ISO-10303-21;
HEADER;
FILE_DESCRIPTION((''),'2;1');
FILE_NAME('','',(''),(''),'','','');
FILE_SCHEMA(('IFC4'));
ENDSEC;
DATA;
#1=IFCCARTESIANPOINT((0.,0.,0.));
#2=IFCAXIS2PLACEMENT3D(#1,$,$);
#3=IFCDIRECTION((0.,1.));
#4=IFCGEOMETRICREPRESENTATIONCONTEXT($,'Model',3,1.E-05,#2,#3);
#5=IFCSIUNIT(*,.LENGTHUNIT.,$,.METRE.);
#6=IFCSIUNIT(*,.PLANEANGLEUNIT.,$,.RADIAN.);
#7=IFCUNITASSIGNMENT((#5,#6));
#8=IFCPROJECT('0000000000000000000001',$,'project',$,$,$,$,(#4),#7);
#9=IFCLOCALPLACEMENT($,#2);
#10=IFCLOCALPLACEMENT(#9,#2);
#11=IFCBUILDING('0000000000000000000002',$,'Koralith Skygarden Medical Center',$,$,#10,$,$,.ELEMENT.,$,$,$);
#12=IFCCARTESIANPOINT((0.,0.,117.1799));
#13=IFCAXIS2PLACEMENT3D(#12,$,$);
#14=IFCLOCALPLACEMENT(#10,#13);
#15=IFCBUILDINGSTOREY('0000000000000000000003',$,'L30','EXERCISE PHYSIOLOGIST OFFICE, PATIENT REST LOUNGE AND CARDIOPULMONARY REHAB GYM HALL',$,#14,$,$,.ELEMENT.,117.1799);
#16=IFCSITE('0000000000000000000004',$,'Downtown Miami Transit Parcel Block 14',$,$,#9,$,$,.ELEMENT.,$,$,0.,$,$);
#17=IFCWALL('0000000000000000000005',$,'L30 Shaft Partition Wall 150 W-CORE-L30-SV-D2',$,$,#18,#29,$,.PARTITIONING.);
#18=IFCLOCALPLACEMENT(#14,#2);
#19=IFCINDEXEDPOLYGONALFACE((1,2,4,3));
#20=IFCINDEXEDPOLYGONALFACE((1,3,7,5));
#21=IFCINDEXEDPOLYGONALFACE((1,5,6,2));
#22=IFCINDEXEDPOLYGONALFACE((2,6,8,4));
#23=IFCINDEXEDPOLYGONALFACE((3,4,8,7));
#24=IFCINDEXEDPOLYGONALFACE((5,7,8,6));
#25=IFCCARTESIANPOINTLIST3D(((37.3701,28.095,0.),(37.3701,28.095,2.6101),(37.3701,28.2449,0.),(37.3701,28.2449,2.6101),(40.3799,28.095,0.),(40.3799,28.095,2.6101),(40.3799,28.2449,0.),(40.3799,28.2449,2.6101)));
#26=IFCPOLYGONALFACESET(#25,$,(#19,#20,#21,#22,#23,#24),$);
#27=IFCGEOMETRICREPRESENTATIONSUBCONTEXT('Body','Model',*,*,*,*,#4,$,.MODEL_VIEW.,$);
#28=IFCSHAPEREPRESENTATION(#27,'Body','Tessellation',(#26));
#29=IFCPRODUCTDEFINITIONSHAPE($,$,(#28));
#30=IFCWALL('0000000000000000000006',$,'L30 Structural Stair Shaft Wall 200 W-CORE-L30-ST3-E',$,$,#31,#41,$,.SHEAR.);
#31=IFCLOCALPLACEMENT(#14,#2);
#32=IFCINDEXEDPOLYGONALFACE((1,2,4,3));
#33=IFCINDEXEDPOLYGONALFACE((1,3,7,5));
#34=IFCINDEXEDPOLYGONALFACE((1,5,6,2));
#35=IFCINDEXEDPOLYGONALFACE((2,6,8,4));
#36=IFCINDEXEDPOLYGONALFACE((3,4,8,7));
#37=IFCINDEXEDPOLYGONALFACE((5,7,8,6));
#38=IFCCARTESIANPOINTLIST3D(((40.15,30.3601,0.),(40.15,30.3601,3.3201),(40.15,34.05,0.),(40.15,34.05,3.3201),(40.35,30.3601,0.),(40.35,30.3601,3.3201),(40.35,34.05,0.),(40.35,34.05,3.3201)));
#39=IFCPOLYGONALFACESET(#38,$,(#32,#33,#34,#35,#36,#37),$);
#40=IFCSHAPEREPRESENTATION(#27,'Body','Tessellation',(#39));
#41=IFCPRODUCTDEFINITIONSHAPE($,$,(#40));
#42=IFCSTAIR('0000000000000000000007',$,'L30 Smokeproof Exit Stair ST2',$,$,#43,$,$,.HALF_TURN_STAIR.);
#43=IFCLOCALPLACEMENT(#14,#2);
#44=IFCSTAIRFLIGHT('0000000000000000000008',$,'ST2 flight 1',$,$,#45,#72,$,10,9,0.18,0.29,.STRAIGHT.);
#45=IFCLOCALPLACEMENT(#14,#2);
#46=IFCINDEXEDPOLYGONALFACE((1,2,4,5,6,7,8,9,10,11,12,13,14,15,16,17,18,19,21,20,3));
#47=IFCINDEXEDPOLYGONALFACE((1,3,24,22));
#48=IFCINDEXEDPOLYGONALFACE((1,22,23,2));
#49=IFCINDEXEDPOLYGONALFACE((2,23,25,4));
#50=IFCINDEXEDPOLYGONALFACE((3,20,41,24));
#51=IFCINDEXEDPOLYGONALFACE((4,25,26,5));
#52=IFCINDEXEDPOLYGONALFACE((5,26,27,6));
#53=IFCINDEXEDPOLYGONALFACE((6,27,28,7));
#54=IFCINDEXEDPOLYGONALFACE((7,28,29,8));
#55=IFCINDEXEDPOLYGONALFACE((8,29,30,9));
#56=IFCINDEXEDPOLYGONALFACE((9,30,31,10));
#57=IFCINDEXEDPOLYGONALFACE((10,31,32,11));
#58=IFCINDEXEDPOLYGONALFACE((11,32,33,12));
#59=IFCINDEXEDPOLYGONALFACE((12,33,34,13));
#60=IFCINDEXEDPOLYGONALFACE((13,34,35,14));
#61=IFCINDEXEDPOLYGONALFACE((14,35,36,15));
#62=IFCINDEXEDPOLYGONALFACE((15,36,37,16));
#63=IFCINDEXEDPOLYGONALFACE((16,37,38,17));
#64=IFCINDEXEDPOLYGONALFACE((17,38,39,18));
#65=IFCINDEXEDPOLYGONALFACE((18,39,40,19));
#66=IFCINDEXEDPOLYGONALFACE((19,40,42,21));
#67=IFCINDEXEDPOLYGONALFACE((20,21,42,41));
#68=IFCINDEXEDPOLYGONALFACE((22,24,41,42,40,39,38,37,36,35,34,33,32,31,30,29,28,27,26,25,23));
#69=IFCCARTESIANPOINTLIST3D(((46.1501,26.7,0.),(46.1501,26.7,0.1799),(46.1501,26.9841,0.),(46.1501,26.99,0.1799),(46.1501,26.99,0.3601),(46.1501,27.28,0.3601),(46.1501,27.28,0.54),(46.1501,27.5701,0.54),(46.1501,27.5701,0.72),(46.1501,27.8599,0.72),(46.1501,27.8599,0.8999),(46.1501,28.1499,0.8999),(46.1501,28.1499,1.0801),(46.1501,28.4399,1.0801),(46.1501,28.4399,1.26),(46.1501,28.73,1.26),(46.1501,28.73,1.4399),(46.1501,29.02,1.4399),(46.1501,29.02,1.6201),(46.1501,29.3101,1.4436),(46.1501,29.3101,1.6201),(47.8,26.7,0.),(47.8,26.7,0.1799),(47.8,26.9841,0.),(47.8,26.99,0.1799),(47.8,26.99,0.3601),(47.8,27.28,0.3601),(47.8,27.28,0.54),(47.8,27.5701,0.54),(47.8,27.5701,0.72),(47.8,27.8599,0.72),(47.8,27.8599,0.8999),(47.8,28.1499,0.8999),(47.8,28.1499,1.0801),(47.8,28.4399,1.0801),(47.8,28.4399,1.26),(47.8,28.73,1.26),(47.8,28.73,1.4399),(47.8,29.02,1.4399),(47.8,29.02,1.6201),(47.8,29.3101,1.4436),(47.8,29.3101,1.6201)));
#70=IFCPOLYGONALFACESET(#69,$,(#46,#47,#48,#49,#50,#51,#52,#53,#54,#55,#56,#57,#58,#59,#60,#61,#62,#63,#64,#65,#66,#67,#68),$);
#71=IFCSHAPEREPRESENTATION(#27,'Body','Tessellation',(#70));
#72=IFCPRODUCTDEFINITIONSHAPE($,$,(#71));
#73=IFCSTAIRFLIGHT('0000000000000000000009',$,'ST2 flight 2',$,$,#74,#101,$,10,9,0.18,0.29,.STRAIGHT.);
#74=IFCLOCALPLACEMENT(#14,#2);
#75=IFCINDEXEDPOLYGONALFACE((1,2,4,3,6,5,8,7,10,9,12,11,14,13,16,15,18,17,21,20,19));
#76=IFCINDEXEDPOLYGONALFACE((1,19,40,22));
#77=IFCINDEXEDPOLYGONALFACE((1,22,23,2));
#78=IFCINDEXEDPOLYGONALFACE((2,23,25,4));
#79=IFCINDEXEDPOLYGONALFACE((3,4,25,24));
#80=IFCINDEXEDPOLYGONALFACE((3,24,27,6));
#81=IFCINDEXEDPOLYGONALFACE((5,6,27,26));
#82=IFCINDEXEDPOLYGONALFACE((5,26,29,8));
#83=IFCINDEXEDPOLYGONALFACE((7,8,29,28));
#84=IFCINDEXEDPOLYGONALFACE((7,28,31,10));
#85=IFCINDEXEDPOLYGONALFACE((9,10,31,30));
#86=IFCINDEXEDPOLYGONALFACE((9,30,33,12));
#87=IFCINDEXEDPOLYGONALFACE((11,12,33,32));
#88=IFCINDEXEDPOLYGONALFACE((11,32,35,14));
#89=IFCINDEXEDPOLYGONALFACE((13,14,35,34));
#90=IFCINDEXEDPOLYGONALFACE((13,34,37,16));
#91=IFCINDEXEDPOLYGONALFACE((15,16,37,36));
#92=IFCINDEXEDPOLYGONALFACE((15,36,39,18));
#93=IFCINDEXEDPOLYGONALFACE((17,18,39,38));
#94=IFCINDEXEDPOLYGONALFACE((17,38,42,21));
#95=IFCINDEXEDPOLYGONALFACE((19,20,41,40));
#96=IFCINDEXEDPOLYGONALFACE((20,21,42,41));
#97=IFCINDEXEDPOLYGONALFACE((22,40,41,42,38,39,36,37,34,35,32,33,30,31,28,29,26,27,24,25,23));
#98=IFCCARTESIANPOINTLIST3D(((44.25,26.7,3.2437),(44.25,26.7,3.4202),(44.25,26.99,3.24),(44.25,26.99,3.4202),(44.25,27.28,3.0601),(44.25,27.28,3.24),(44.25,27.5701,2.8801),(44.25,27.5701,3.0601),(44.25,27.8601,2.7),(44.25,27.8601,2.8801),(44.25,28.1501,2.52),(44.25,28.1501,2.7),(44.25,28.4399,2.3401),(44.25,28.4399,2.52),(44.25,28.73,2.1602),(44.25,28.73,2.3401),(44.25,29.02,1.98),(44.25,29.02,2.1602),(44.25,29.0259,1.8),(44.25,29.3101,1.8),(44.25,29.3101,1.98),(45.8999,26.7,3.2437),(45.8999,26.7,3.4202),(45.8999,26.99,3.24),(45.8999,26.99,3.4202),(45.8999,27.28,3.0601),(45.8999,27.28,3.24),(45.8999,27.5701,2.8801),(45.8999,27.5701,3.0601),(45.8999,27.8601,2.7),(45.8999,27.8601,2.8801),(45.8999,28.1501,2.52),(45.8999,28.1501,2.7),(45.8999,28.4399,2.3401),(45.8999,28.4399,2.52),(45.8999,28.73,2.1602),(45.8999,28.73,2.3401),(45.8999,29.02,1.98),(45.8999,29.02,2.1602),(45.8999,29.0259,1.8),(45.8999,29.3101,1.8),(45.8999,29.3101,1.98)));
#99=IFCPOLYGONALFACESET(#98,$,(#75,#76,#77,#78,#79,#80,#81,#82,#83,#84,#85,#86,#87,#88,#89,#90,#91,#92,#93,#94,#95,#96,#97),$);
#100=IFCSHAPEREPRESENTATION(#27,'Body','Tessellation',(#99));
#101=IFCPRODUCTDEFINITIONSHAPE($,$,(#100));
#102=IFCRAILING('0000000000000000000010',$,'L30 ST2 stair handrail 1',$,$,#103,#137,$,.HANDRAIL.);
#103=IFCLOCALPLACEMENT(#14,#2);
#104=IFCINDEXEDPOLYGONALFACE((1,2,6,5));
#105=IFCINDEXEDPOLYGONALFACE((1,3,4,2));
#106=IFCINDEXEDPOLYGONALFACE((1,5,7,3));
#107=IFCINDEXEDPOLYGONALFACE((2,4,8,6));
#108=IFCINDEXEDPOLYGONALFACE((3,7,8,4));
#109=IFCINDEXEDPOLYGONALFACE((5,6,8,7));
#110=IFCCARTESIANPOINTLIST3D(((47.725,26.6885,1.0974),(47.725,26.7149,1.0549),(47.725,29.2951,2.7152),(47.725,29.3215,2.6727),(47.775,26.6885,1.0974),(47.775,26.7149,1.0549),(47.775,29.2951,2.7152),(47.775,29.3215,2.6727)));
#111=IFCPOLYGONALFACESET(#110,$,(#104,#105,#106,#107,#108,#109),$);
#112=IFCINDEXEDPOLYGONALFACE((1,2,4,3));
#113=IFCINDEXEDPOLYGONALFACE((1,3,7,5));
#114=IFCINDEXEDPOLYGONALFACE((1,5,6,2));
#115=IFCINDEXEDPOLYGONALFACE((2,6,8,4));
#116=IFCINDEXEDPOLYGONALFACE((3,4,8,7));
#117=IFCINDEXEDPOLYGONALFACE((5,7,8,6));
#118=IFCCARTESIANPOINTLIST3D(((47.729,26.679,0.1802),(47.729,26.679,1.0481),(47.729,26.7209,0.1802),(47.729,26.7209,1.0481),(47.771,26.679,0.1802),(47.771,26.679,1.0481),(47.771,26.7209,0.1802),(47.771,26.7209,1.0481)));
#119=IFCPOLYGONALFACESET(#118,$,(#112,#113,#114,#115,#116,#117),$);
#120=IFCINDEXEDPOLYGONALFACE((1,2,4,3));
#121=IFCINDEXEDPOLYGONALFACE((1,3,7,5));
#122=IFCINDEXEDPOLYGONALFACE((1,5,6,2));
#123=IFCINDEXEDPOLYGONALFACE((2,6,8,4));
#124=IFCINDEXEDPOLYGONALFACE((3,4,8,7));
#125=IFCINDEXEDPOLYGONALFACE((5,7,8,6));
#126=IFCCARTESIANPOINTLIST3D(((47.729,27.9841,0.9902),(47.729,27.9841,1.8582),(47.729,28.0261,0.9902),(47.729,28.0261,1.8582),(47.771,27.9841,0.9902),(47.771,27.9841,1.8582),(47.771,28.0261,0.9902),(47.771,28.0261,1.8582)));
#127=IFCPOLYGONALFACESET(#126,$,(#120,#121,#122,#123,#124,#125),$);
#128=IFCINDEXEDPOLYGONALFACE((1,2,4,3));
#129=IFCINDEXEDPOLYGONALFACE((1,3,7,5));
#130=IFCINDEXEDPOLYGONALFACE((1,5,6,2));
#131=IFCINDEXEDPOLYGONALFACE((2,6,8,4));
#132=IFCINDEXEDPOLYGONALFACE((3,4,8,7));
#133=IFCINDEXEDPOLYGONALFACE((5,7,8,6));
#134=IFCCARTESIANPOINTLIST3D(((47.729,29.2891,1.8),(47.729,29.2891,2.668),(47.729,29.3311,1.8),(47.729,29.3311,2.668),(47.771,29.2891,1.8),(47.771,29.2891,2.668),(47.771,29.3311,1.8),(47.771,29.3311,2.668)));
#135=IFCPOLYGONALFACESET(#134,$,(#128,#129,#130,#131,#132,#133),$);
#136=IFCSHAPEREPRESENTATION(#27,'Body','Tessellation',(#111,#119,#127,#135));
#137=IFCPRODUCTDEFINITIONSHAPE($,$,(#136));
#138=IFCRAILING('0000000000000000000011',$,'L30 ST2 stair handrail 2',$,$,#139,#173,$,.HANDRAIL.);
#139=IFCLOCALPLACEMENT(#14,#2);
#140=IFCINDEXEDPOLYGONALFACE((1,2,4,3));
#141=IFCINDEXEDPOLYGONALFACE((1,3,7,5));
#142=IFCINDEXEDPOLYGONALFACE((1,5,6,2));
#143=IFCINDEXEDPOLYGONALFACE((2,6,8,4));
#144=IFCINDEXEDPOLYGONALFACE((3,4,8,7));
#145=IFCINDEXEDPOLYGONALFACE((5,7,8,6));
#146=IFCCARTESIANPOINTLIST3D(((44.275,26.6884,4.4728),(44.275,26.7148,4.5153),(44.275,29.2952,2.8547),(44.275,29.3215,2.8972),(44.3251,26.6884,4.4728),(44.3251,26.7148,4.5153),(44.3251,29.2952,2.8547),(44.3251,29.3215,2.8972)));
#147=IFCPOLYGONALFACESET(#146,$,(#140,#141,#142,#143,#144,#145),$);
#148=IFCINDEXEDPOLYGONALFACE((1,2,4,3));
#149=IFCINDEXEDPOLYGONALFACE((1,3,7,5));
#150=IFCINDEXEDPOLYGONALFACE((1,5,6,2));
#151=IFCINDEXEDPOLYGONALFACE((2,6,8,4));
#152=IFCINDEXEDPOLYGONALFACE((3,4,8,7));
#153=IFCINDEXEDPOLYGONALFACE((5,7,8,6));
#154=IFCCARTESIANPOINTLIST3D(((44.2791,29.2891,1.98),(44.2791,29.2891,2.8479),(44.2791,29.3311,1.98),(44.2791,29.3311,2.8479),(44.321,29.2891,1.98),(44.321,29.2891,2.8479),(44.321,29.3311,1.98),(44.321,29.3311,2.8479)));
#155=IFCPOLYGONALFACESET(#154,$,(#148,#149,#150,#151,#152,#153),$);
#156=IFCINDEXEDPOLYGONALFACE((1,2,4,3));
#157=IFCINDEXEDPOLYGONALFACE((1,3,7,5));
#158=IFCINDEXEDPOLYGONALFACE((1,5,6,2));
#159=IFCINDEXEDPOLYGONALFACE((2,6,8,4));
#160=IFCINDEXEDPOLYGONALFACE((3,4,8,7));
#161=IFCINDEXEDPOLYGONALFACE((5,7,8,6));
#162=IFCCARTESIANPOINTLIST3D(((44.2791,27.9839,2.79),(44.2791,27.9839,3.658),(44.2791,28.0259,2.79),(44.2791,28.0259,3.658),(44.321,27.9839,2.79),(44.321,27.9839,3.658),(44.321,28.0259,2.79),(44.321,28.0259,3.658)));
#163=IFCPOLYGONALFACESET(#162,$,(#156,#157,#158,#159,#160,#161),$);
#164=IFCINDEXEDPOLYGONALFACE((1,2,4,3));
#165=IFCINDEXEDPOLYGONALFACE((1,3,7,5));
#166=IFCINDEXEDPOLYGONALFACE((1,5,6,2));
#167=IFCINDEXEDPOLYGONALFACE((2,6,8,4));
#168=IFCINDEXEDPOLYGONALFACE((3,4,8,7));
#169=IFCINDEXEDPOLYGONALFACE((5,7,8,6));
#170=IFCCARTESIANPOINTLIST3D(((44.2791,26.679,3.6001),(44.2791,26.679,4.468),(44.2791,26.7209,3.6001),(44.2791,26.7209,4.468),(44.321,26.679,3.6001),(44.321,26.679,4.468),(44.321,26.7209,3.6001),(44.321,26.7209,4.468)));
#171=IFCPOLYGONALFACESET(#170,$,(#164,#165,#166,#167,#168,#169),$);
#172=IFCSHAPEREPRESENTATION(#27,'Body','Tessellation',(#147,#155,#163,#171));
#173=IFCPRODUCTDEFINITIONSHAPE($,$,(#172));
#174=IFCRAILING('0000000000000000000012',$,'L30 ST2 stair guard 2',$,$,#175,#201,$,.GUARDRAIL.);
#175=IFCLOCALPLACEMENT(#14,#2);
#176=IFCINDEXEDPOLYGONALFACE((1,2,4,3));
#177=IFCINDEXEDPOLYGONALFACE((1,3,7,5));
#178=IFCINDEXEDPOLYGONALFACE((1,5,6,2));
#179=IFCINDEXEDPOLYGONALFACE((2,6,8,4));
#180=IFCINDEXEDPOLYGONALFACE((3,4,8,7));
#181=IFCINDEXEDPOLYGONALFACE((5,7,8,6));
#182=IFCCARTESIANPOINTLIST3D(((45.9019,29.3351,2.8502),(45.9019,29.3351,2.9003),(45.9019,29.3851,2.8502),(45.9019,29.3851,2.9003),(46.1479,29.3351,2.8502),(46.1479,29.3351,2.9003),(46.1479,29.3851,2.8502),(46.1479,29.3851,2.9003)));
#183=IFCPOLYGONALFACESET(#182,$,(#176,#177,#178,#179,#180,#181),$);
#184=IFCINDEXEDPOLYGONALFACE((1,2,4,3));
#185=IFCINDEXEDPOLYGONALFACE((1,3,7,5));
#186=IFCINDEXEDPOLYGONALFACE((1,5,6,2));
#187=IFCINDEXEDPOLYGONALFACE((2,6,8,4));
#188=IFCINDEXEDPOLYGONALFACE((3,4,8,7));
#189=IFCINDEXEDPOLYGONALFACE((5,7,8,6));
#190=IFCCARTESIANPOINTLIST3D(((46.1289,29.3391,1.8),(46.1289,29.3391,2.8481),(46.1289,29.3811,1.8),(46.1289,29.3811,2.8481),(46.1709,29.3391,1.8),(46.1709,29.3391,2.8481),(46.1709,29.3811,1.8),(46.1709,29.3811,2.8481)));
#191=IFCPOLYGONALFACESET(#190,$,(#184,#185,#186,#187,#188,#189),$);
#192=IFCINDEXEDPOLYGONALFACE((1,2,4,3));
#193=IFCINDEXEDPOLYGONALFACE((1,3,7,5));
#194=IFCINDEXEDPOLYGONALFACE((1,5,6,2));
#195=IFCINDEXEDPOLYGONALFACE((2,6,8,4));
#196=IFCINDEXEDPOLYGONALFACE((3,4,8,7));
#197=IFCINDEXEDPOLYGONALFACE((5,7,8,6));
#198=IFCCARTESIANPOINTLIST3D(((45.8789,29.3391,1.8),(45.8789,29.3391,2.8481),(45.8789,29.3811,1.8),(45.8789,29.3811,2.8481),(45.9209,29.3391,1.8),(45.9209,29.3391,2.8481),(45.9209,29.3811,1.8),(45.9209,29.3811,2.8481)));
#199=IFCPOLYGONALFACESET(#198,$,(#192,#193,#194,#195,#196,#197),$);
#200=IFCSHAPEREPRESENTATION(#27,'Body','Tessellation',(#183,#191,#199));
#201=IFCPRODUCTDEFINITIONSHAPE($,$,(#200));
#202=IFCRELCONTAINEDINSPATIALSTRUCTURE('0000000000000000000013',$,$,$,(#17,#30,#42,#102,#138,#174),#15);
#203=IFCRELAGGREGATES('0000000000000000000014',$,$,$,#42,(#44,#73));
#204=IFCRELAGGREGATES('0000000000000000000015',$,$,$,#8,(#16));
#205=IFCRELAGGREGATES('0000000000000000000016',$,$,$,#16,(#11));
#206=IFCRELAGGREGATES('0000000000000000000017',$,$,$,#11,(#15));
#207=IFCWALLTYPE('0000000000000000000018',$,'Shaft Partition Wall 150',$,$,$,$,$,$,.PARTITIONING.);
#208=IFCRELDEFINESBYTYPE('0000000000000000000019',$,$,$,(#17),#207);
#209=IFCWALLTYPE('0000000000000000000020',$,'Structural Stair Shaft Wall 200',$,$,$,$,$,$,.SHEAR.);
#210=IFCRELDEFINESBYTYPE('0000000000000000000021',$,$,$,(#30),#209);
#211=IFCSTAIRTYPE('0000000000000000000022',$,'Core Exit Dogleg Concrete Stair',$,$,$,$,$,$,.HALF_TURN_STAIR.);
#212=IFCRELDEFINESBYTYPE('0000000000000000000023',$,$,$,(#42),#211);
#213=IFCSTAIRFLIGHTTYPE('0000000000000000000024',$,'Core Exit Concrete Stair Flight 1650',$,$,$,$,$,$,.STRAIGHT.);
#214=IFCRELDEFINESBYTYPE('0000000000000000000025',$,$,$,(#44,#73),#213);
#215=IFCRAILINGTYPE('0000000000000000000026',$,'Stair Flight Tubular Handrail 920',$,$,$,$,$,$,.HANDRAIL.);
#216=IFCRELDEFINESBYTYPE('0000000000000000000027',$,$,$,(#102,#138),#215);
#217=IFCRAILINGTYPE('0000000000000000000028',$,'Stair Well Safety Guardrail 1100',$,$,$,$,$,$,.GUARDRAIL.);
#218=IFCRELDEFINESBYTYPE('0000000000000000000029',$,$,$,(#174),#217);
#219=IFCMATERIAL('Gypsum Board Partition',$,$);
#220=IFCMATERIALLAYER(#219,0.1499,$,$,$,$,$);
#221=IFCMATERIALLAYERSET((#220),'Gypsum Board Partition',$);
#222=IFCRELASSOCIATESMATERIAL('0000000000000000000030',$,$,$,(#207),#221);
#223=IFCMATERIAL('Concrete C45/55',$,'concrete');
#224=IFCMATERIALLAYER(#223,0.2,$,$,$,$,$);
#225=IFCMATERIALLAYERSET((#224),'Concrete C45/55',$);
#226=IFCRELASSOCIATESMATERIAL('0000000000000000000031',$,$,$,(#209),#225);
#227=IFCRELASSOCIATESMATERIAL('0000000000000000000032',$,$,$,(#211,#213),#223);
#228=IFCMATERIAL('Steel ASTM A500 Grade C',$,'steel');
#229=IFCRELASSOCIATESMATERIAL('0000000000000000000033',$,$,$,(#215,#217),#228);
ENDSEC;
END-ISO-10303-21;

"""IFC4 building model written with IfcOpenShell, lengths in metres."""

from ifc_helpers import new_model, si_unit, direction, frame, frame_2d, origin, origin_2d, place, context, subcontext, project, spatial, polyline, rectangle, outline, extrude, material, layer, layer_set, type_object, element, aggregate, save


model = new_model("IFC4")

# Units and contexts
model_context = context("Model", 3, precision=1e-05, world=origin(), true_north=direction((0.0, 1.0)))
body_context = subcontext(model_context, "Body", "Model", "MODEL_VIEW")
ifc_project = project(units=[si_unit("LENGTHUNIT", "METRE"), si_unit("PLANEANGLEUNIT", "RADIAN")], contexts=[model_context])

# Site, building, storey
site_placement = place(None, origin())
site = spatial("IfcSite", under=ifc_project, at=site_placement, Name="Downtown Miami Transit Parcel Block 14", CompositionType="ELEMENT", RefElevation=0.0)
building_placement = place(site_placement, origin())
building = spatial("IfcBuilding", under=site, at=building_placement, Name="Koralith Skygarden Medical Center", CompositionType="ELEMENT")
storey_placement = place(building_placement, frame((0.0, 0.0, 117.1799)))
storey = spatial("IfcBuildingStorey", under=building, at=storey_placement, Name="L30", Description="EXERCISE PHYSIOLOGIST OFFICE, PATIENT REST LOUNGE AND CARDIOPULMONARY REHAB GYM HALL", CompositionType="ELEMENT", Elevation=117.1799)

# Shared definitions
ifc_material_1 = material(Name="Concrete C45/55", Category="concrete")

# Shared definitions
ifc_material_2 = material(Name="Gypsum Board Partition")

# Shared definitions
ifc_material_3 = material(Name="Steel ASTM A500 Grade C", Category="steel")

# Walls
ifc_layer_1 = layer(ifc_material_2, 0.1499)
ifc_layer_set_1 = layer_set([ifc_layer_1], Name="Gypsum Board Partition")
wall_type_1 = type_object("IfcWallType", Name="Shaft Partition Wall 150", PredefinedType="PARTITIONING", material=ifc_layer_set_1)
wall_1_placement = place(storey_placement, frame((37.3701, 28.1699, 0.0), z_axis=(0.0, 0.0, 1.0), x_axis=(1.0, 0.0, 0.0)))
element("IfcWall", 1, at=wall_1_placement, inside=storey, type_object=wall_type_1, Name="L30 Shaft Partition Wall 150 W-CORE-L30-SV-D2", PredefinedType="PARTITIONING", context=body_context, shape_type="SweptSolid", body=[
    extrude(rectangle(XDim=3.0098, YDim=0.1499, at=frame_2d((1.5049, 0.0))), origin(), (0.0, 0.0, 1.0), 2.6101),
])
ifc_layer_2 = layer(ifc_material_1, 0.2)
ifc_layer_set_2 = layer_set([ifc_layer_2], Name="Concrete C45/55")
wall_type_2 = type_object("IfcWallType", Name="Structural Stair Shaft Wall 200", PredefinedType="SHEAR", material=ifc_layer_set_2)
wall_2_placement = place(storey_placement, frame((40.25, 30.3601, 0.0), z_axis=(0.0, 0.0, 1.0), x_axis=(0.0, 1.0, 0.0)))
element("IfcWall", 2, at=wall_2_placement, inside=storey, type_object=wall_type_2, Name="L30 Structural Stair Shaft Wall 200 W-CORE-L30-ST3-E", PredefinedType="SHEAR", context=body_context, shape_type="SweptSolid", body=[
    extrude(rectangle(XDim=3.6899, YDim=0.2, at=frame_2d((1.845, 0.0))), origin(), (0.0, 0.0, 1.0), 3.3201),
])

# Stair, stair flights
stair_type = type_object("IfcStairType", Name="Core Exit Dogleg Concrete Stair", PredefinedType="HALF_TURN_STAIR", material=ifc_material_1)
stair_placement = place(storey_placement, origin())
stair = element("IfcStair", 3, at=stair_placement, inside=storey, type_object=stair_type, Name="L30 Smokeproof Exit Stair ST2", PredefinedType="HALF_TURN_STAIR")
stair_flight_type = type_object("IfcStairFlightType", Name="Core Exit Concrete Stair Flight 1650", PredefinedType="STRAIGHT", material=ifc_material_1)
stair_flight_1_placement = place(storey_placement, frame((46.9751, 26.7, 0.0), z_axis=(0.0, 0.0, 1.0), x_axis=(0.0, 1.0, 0.0)))
stair_flight_1 = element("IfcStairFlight", 4, at=stair_flight_1_placement, type_object=stair_flight_type, Name="ST2 flight 1", NumberOfRisers=10, NumberOfTreads=9, PredefinedType="STRAIGHT", RiserHeight=0.18, TreadLength=0.29, context=body_context, shape_type="SweptSolid", body=[
    extrude(outline(polyline([(0.0, 0.0), (0.0, 0.1799), (0.29, 0.1799), (0.29, 0.3601), (0.5801, 0.3601), (0.5801, 0.54), (0.8701, 0.54), (0.8701, 0.72), (1.1599, 0.72), (1.1599, 0.8999), (1.45, 0.8999), (1.45, 1.0801), (1.74, 1.0801), (1.74, 1.26), (2.03, 1.26), (2.03, 1.4399), (2.3201, 1.4399), (2.3201, 1.6201), (2.6101, 1.6201), (2.6101, 1.8), (2.6101, 1.4436), (0.2842, 0.0), (0.0, 0.0)])), frame((0.0, 0.825, 0.0), z_axis=(0.0, -1.0, 0.0), x_axis=(1.0, 0.0, 0.0)), (0.0, 0.0, 1.0), 1.6499),
])
stair_flight_2_placement = place(storey_placement, frame((45.075, 29.3101, 1.8), z_axis=(0.0, 0.0, 1.0), x_axis=(0.0, -1.0, 0.0)))
stair_flight_2 = element("IfcStairFlight", 5, at=stair_flight_2_placement, type_object=stair_flight_type, Name="ST2 flight 2", NumberOfRisers=10, NumberOfTreads=9, PredefinedType="STRAIGHT", RiserHeight=0.18, TreadLength=0.29, context=body_context, shape_type="SweptSolid", body=[
    extrude(outline(polyline([(0.0, 0.0), (0.0, 0.1799), (0.29, 0.1799), (0.29, 0.3601), (0.5801, 0.3601), (0.5801, 0.54), (0.8701, 0.54), (0.8701, 0.72), (1.1599, 0.72), (1.1599, 0.8999), (1.45, 0.8999), (1.45, 1.0801), (1.74, 1.0801), (1.74, 1.26), (2.03, 1.26), (2.03, 1.4399), (2.3201, 1.4399), (2.3201, 1.6201), (2.6101, 1.6201), (2.6101, 1.8), (2.6101, 1.4436), (0.2842, 0.0), (0.0, 0.0)])), frame((0.0, 0.825, 0.0), z_axis=(0.0, -1.0, 0.0), x_axis=(1.0, 0.0, 0.0)), (0.0, 0.0, 1.0), 1.6499),
])
aggregate(stair, [stair_flight_1, stair_flight_2])

# Railings
railing_type_1 = type_object("IfcRailingType", Name="Stair Flight Tubular Handrail 920", PredefinedType="HANDRAIL", material=ifc_material_3)
railing_1_placement = place(storey_placement, frame((47.75, 26.7, 0.1802)))
element("IfcRailing", 6, at=railing_1_placement, inside=storey, type_object=railing_type_1, Name="L30 ST2 stair handrail 1", PredefinedType="HANDRAIL", context=body_context, shape_type="SweptSolid", body=[
    extrude(rectangle(XDim=0.05, YDim=0.05, at=origin_2d()), frame((0.0, 0.0017, 0.896), z_axis=(0.0, 0.849668, 0.527317), x_axis=(-1.0, 0.0, 0.0)), (0.0, 0.0, 1.0), 3.0679),
    extrude(rectangle(XDim=0.042, YDim=0.042, at=origin_2d()), origin(), (0.0, 0.0, 1.0), 0.8679),
    extrude(rectangle(XDim=0.042, YDim=0.042, at=origin_2d()), frame((0.0, 1.3052, 0.8101)), (0.0, 0.0, 1.0), 0.8679),
    extrude(rectangle(XDim=0.042, YDim=0.042, at=origin_2d()), frame((0.0, 2.6101, 1.6199)), (0.0, 0.0, 1.0), 0.8679),
])
railing_2_placement = place(storey_placement, frame((44.3, 29.3101, 1.98)))
element("IfcRailing", 7, at=railing_2_placement, inside=storey, type_object=railing_type_1, Name="L30 ST2 stair handrail 2", PredefinedType="HANDRAIL", context=body_context, shape_type="SweptSolid", body=[
    extrude(rectangle(XDim=0.05, YDim=0.05, at=origin_2d()), frame((0.0, -0.0017, 0.896), z_axis=(0.0, -0.849633, 0.527375), x_axis=(1.0, 0.0, 0.0)), (0.0, 0.0, 1.0), 3.0681),
    extrude(rectangle(XDim=0.042, YDim=0.042, at=origin_2d()), origin(), (0.0, 0.0, 1.0), 0.8679),
    extrude(rectangle(XDim=0.042, YDim=0.042, at=origin_2d()), frame((0.0, -1.3052, 0.8101)), (0.0, 0.0, 1.0), 0.8679),
    extrude(rectangle(XDim=0.042, YDim=0.042, at=origin_2d()), frame((0.0, -2.6101, 1.6201)), (0.0, 0.0, 1.0), 0.8679),
])
railing_type_2 = type_object("IfcRailingType", Name="Stair Well Safety Guardrail 1100", PredefinedType="GUARDRAIL", material=ifc_material_3)
railing_3_placement = place(storey_placement, frame((46.1499, 29.3601, 1.8)))
element("IfcRailing", 8, at=railing_3_placement, inside=storey, type_object=railing_type_2, Name="L30 ST2 stair guard 2", PredefinedType="GUARDRAIL", context=body_context, shape_type="SweptSolid", body=[
    extrude(rectangle(XDim=0.05, YDim=0.05, at=origin_2d()), frame((-0.002, 0.0, 1.0752), z_axis=(-1.0, 0.0, 0.0), x_axis=(0.0, -1.0, 0.0)), (0.0, 0.0, 1.0), 0.2461),
    extrude(rectangle(XDim=0.042, YDim=0.042, at=origin_2d()), origin(), (0.0, 0.0, 1.0), 1.0481),
    extrude(rectangle(XDim=0.042, YDim=0.042, at=origin_2d()), frame((-0.25, 0.0, 0.0)), (0.0, 0.0, 1.0), 1.0481),
])

save(model, "model.ifc")
